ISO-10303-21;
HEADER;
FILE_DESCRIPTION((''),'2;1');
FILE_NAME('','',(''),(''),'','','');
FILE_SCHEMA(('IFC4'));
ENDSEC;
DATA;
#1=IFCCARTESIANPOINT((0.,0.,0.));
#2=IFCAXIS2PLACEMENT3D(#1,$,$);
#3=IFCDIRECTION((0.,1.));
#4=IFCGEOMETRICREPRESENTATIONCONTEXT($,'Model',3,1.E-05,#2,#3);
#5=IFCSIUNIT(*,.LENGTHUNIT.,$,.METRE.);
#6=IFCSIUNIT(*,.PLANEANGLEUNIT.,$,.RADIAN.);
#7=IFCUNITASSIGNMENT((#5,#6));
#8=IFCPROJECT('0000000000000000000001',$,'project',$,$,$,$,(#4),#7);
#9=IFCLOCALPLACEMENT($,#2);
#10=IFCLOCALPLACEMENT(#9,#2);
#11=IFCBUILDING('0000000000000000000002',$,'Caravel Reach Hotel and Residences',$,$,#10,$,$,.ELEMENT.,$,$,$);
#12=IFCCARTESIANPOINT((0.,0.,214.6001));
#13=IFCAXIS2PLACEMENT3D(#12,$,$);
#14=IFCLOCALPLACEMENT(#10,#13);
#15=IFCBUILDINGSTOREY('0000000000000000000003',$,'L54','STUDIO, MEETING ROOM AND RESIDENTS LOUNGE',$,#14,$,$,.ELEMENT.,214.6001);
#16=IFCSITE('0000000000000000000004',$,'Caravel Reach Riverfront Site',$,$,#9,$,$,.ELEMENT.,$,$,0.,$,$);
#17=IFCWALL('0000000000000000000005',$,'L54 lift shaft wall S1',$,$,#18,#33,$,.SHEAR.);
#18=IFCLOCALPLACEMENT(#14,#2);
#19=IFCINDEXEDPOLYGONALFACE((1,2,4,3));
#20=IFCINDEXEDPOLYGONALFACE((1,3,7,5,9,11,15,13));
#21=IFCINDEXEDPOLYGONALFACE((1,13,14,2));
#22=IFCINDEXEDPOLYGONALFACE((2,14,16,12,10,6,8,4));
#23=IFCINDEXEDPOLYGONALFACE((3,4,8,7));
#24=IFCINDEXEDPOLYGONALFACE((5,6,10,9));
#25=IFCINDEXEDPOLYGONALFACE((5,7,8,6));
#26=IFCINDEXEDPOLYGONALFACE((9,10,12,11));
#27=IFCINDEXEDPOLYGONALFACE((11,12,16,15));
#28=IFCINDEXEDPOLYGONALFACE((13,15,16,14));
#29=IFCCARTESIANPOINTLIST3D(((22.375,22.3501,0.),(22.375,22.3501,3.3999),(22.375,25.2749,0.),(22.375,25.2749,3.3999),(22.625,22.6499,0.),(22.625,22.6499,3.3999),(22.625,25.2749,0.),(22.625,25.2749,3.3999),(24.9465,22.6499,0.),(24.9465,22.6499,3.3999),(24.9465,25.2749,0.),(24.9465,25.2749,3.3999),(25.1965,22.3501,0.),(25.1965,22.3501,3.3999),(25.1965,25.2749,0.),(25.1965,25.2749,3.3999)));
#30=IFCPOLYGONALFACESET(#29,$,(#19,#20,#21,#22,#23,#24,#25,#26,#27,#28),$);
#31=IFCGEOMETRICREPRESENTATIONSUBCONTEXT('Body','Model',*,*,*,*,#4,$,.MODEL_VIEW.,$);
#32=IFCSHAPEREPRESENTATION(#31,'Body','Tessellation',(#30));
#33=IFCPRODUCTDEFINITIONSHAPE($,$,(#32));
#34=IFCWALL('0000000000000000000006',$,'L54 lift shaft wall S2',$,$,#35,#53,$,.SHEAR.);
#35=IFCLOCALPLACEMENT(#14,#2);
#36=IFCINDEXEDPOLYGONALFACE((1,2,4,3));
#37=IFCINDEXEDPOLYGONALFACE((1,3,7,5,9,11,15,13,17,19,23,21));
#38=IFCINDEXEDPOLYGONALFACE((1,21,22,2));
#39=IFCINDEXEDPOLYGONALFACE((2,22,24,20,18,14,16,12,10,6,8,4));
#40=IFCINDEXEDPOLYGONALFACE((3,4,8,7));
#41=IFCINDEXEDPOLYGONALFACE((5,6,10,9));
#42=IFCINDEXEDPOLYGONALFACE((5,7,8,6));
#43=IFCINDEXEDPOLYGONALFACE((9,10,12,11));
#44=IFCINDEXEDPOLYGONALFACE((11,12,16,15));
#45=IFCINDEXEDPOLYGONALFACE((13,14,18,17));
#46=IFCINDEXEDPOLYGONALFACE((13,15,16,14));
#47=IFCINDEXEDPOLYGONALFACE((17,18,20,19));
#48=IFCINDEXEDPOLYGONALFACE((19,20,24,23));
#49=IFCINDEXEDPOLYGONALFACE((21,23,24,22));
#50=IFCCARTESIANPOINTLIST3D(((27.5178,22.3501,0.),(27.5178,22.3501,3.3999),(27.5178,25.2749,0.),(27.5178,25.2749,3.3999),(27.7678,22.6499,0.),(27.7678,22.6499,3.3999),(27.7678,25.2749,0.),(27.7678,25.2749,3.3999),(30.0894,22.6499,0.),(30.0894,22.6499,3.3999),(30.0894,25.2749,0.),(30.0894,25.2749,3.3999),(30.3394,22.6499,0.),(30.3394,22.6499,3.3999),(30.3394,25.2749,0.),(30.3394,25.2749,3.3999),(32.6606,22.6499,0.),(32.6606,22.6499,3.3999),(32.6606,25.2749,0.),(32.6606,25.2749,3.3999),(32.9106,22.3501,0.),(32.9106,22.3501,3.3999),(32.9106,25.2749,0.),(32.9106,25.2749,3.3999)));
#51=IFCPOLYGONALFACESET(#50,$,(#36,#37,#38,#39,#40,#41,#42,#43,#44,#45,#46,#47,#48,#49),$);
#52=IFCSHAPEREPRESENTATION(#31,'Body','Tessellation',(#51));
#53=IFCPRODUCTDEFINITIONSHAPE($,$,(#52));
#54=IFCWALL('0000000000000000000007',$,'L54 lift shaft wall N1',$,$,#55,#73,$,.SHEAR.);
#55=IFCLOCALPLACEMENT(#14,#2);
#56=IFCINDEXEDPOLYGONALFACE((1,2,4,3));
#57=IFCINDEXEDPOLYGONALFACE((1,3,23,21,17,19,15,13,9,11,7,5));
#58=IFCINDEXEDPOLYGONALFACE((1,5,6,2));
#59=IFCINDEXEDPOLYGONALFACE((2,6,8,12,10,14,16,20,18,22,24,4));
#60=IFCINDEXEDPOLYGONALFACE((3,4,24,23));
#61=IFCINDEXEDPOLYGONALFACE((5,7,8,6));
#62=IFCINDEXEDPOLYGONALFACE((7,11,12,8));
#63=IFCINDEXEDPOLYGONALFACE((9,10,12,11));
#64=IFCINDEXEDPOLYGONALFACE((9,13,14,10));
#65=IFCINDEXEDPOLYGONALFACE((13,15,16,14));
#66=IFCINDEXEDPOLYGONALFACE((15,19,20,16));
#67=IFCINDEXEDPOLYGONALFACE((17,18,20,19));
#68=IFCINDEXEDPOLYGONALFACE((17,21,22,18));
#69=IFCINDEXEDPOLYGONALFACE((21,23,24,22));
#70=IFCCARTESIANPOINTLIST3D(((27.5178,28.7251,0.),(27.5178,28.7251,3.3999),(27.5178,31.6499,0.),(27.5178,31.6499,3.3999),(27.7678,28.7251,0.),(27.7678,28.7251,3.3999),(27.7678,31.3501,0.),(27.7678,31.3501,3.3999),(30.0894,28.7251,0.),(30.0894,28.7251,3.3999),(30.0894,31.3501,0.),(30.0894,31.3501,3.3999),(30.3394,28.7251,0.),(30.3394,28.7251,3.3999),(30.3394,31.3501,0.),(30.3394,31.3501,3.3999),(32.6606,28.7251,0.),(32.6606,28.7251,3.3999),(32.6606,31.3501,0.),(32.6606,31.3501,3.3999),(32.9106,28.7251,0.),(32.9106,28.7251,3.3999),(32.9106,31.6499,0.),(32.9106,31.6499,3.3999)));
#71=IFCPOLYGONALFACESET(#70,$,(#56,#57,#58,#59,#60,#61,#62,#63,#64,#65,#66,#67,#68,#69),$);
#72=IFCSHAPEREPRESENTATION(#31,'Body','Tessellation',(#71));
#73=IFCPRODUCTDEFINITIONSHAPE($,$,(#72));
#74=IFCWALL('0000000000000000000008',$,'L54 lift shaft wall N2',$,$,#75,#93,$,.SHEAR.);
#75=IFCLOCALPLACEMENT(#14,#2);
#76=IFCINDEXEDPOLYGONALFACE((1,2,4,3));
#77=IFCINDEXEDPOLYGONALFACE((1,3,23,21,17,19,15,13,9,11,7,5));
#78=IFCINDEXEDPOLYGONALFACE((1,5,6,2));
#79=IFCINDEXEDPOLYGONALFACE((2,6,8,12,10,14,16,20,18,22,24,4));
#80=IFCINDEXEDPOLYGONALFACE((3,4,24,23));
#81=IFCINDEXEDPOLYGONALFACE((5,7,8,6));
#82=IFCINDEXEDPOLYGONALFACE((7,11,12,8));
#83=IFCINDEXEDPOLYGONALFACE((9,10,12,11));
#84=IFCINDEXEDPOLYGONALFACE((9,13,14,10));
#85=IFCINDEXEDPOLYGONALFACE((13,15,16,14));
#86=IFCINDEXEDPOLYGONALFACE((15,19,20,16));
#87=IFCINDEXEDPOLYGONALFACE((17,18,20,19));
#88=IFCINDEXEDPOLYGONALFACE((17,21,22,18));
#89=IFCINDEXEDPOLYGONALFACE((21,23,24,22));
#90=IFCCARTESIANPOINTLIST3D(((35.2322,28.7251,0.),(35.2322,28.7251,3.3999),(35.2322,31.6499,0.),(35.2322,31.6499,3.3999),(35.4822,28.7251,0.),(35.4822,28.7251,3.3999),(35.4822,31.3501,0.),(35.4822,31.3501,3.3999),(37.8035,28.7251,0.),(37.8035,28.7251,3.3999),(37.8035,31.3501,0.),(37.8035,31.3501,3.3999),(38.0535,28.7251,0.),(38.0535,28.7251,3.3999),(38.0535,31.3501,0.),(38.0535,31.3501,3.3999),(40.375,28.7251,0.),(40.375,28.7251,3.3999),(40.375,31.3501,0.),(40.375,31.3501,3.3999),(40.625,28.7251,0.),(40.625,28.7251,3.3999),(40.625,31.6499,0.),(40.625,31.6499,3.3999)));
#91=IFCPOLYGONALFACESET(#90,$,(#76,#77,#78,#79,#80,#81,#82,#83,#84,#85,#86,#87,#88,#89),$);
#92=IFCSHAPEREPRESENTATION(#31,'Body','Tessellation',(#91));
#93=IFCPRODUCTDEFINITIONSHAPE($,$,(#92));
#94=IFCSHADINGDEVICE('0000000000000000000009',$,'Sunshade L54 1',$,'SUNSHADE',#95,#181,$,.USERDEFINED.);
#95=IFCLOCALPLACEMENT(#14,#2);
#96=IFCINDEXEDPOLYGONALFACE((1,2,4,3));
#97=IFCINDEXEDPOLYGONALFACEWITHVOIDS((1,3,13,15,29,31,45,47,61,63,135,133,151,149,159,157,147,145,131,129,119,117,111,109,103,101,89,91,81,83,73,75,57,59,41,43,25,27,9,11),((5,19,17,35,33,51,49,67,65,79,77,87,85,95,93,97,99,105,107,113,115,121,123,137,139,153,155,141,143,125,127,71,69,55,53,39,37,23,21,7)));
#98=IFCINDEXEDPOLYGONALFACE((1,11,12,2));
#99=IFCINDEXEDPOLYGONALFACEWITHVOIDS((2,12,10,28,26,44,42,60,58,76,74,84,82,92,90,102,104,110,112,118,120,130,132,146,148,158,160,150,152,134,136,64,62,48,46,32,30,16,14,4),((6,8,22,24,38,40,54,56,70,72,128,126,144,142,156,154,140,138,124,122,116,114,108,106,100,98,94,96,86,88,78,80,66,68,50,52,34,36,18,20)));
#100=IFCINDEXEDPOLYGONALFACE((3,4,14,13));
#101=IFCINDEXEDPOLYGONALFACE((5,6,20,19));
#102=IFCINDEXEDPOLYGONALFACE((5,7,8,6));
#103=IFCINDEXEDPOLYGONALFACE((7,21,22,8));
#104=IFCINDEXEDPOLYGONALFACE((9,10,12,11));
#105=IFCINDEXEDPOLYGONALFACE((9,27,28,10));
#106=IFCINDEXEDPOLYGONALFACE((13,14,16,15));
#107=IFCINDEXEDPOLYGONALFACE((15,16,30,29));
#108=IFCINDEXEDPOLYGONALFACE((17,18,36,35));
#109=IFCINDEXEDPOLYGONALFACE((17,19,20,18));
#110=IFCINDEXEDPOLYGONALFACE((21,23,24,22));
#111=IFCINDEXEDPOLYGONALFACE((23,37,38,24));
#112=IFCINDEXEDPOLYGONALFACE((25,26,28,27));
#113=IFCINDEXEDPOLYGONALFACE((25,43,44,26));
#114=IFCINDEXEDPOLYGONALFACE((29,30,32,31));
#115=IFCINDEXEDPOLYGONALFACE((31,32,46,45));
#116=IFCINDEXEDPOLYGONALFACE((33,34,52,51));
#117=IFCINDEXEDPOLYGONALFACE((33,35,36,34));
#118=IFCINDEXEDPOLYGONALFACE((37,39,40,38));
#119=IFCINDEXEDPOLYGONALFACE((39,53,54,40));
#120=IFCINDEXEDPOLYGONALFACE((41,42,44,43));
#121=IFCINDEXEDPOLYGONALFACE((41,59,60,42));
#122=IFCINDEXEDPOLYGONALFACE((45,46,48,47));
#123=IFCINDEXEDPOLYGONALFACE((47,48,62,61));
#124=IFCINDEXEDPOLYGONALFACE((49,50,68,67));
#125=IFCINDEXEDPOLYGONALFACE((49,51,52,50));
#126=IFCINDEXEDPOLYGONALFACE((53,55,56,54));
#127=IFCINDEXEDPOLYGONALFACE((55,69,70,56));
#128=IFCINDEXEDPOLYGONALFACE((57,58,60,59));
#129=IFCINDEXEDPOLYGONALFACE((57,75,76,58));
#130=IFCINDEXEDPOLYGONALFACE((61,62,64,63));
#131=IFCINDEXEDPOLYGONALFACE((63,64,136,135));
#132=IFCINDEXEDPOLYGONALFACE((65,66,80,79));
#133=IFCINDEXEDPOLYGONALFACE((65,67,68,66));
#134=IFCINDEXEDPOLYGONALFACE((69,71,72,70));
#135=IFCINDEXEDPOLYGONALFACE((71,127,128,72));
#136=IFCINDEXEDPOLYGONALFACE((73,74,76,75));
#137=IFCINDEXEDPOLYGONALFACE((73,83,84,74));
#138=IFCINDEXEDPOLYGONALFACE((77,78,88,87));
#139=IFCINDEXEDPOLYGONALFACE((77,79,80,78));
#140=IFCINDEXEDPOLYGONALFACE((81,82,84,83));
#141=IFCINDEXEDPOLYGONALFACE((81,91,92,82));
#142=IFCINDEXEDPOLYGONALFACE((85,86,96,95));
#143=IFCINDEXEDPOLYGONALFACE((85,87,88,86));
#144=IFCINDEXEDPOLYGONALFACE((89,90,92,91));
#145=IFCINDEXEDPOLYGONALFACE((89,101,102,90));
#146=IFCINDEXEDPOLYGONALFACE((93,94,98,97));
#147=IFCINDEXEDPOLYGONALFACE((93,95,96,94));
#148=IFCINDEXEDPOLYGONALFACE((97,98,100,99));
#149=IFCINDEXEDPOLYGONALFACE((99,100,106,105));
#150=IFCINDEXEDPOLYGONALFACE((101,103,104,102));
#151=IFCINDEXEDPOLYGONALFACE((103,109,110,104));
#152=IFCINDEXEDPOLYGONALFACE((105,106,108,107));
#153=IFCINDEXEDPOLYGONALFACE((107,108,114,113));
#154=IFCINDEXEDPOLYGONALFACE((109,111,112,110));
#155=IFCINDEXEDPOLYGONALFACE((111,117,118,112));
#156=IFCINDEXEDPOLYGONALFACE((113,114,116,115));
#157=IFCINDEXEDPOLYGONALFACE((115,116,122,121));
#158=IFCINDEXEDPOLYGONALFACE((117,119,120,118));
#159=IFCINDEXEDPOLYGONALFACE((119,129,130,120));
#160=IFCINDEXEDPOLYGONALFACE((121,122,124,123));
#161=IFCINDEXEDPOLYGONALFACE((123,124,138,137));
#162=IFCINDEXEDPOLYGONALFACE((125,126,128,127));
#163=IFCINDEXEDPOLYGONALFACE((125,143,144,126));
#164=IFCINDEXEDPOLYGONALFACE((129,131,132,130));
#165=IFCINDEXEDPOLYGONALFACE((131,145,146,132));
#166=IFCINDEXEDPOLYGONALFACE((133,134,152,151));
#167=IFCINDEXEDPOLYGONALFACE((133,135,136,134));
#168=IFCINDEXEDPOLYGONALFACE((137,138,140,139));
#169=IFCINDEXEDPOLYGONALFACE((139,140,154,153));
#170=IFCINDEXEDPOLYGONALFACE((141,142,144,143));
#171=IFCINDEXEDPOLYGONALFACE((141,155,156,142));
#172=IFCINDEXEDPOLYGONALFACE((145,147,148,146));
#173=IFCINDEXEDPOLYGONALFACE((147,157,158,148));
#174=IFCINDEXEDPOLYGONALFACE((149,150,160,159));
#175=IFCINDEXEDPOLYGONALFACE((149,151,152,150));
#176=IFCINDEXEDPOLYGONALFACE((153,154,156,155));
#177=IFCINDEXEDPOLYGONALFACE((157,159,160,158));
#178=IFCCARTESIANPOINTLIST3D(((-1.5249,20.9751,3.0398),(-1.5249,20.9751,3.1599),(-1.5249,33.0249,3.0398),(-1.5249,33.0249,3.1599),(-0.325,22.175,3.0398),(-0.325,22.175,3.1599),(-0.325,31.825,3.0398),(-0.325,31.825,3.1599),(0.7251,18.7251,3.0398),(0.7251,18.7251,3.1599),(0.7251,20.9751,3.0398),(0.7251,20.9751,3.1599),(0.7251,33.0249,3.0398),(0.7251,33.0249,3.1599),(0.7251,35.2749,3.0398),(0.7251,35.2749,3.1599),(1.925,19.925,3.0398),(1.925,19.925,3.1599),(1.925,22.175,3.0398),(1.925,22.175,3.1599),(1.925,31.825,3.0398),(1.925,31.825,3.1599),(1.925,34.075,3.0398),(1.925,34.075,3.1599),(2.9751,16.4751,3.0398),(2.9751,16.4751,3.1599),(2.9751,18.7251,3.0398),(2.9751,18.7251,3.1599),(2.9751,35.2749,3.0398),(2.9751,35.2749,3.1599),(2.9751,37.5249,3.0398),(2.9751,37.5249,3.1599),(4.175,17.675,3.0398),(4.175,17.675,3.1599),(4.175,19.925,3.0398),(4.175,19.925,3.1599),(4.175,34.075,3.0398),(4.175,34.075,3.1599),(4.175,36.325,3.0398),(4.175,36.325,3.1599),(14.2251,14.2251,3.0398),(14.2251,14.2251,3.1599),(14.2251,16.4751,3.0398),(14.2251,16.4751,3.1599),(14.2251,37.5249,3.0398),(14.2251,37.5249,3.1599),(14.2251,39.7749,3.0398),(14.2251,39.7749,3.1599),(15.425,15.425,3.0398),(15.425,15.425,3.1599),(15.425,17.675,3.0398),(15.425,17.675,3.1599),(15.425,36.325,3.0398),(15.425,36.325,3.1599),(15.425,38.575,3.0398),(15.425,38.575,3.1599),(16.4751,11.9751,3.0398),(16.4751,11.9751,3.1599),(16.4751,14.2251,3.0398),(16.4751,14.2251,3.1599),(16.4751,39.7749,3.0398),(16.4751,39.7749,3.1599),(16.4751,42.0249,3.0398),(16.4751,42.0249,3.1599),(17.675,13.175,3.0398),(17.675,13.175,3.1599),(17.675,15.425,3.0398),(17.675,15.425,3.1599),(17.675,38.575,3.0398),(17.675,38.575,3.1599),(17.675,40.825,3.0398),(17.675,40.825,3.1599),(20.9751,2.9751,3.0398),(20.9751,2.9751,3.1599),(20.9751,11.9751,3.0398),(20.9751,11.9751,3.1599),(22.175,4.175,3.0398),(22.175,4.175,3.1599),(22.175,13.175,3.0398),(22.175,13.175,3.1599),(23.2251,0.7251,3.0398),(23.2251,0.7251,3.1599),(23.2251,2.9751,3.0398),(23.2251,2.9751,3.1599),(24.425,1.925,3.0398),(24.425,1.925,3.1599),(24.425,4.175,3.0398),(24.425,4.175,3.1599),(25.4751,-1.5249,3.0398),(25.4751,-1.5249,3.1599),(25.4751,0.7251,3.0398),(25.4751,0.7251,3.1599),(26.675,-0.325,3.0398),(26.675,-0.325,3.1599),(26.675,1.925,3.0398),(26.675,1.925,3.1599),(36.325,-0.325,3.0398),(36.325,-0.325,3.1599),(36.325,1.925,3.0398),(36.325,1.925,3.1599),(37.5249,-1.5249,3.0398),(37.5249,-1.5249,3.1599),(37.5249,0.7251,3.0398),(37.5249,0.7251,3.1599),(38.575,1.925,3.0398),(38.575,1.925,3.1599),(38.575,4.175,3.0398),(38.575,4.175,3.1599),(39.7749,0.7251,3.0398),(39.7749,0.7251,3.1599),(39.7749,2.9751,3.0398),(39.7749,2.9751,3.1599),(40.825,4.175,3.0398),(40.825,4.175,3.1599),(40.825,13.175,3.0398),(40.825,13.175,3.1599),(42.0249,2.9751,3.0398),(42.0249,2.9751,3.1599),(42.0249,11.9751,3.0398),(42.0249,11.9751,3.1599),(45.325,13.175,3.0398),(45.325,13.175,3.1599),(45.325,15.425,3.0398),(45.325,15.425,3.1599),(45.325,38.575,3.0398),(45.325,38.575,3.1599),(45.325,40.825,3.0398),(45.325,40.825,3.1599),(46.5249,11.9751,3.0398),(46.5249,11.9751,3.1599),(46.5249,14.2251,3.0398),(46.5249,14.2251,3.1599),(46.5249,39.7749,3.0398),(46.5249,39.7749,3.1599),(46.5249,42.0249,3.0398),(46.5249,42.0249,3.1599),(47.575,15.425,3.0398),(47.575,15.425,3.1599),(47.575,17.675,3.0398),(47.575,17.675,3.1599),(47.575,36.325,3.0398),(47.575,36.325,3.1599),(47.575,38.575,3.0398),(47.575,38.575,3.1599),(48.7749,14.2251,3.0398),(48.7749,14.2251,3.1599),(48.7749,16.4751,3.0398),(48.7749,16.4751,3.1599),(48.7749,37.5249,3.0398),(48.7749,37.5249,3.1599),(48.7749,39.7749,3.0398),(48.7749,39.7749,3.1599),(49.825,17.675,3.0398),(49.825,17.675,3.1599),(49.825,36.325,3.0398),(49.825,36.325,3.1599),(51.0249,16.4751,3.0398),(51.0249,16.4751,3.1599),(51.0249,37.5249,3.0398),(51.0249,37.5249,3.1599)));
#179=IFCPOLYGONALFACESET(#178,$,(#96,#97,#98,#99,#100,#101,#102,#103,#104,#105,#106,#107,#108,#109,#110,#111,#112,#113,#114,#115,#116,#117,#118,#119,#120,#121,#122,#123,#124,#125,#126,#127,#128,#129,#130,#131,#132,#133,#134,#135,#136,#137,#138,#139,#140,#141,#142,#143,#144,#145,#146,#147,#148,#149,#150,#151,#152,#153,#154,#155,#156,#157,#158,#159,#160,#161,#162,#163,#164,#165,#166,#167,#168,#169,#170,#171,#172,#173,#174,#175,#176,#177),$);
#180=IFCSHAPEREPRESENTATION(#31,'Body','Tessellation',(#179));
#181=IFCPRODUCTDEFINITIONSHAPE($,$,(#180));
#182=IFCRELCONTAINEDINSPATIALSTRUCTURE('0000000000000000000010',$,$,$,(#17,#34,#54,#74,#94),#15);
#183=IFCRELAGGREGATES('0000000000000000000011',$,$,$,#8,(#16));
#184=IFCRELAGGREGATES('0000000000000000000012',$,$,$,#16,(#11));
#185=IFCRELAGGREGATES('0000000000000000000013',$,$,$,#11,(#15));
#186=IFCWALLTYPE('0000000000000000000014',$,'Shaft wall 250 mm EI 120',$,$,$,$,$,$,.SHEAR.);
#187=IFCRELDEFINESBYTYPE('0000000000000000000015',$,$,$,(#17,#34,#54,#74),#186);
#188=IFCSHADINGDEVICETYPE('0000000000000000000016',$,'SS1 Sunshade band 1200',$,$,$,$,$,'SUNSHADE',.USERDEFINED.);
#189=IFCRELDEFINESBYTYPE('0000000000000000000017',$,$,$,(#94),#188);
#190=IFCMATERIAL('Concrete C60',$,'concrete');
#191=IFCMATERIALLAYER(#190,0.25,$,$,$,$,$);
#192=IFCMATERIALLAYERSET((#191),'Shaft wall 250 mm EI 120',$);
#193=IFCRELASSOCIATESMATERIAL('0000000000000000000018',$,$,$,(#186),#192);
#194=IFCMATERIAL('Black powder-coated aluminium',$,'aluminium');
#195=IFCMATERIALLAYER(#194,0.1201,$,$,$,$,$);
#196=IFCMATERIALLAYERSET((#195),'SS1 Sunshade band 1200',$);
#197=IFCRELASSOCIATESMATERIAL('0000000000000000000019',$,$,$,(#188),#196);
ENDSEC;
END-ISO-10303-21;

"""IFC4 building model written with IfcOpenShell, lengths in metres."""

from ifc_helpers import new_model, si_unit, direction, frame, origin, place, context, subcontext, project, spatial, polyline, outline, extrude, material, layer, layer_set, type_object, element, save


model = new_model("IFC4")

# Units and contexts
model_context = context("Model", 3, precision=1e-05, world=origin(), true_north=direction((0.0, 1.0)))
body_context = subcontext(model_context, "Body", "Model", "MODEL_VIEW")
ifc_project = project(units=[si_unit("LENGTHUNIT", "METRE"), si_unit("PLANEANGLEUNIT", "RADIAN")], contexts=[model_context])

# Site, building, storey
site_placement = place(None, origin())
site = spatial("IfcSite", under=ifc_project, at=site_placement, Name="Caravel Reach Riverfront Site", CompositionType="ELEMENT", RefElevation=0.0)
building_placement = place(site_placement, origin())
building = spatial("IfcBuilding", under=site, at=building_placement, Name="Caravel Reach Hotel and Residences", CompositionType="ELEMENT")
storey_placement = place(building_placement, frame((0.0, 0.0, 214.6001)))
storey = spatial("IfcBuildingStorey", under=building, at=storey_placement, Name="L54", Description="STUDIO, MEETING ROOM AND RESIDENTS LOUNGE", CompositionType="ELEMENT", Elevation=214.6001)

# Walls
ifc_material_1 = material(Name="Concrete C60", Category="concrete")
ifc_layer_1 = layer(ifc_material_1, 0.25)
ifc_layer_set_1 = layer_set([ifc_layer_1], Name="Shaft wall 250 mm EI 120")
wall_type_1 = type_object("IfcWallType", Name="Shaft wall 250 mm EI 120", PredefinedType="SHEAR", material=ifc_layer_set_1)
wall_1_placement = place(storey_placement, origin())
element("IfcWall", 1, at=wall_1_placement, inside=storey, type_object=wall_type_1, Name="L54 lift shaft wall S1", PredefinedType="SHEAR", context=body_context, shape_type="SweptSolid", body=[
    extrude(outline(polyline([(22.375, 22.3501), (25.1965, 22.3501), (25.1965, 25.2749), (24.9465, 25.2749), (24.9465, 22.6499), (22.625, 22.6499), (22.625, 25.2749), (22.375, 25.2749), (22.375, 22.3501)])), origin(), (0.0, 0.0, 1.0), 3.3999),
])
wall_2_placement = place(storey_placement, origin())
element("IfcWall", 2, at=wall_2_placement, inside=storey, type_object=wall_type_1, Name="L54 lift shaft wall S2", PredefinedType="SHEAR", context=body_context, shape_type="SweptSolid", body=[
    extrude(outline(polyline([(27.5178, 22.3501), (32.9106, 22.3501), (32.9106, 25.2749), (32.6606, 25.2749), (32.6606, 22.6499), (30.3394, 22.6499), (30.3394, 25.2749), (30.0894, 25.2749), (30.0894, 22.6499), (27.7678, 22.6499), (27.7678, 25.2749), (27.5178, 25.2749), (27.5178, 22.3501)])), origin(), (0.0, 0.0, 1.0), 3.3999),
])
wall_3_placement = place(storey_placement, origin())
element("IfcWall", 3, at=wall_3_placement, inside=storey, type_object=wall_type_1, Name="L54 lift shaft wall N1", PredefinedType="SHEAR", context=body_context, shape_type="SweptSolid", body=[
    extrude(outline(polyline([(27.5178, 28.7251), (27.7678, 28.7251), (27.7678, 31.3501), (30.0894, 31.3501), (30.0894, 28.7251), (30.3394, 28.7251), (30.3394, 31.3501), (32.6606, 31.3501), (32.6606, 28.7251), (32.9106, 28.7251), (32.9106, 31.6499), (27.5178, 31.6499), (27.5178, 28.7251)])), origin(), (0.0, 0.0, 1.0), 3.3999),
])
wall_4_placement = place(storey_placement, origin())
element("IfcWall", 4, at=wall_4_placement, inside=storey, type_object=wall_type_1, Name="L54 lift shaft wall N2", PredefinedType="SHEAR", context=body_context, shape_type="SweptSolid", body=[
    extrude(outline(polyline([(35.2322, 28.7251), (35.4822, 28.7251), (35.4822, 31.3501), (37.8035, 31.3501), (37.8035, 28.7251), (38.0535, 28.7251), (38.0535, 31.3501), (40.375, 31.3501), (40.375, 28.7251), (40.625, 28.7251), (40.625, 31.6499), (35.2322, 31.6499), (35.2322, 28.7251)])), origin(), (0.0, 0.0, 1.0), 3.3999),
])

# Shading device
ifc_material_2 = material(Name="Black powder-coated aluminium", Category="aluminium")
ifc_layer_2 = layer(ifc_material_2, 0.1201)
ifc_layer_set_2 = layer_set([ifc_layer_2], Name="SS1 Sunshade band 1200")
shading_device_type = type_object("IfcShadingDeviceType", Name="SS1 Sunshade band 1200", ElementType="SUNSHADE", PredefinedType="USERDEFINED", material=ifc_layer_set_2)
shading_device_placement = place(storey_placement, frame((0.0, 0.0, 3.0398)))
element("IfcShadingDevice", 5, at=shading_device_placement, inside=storey, type_object=shading_device_type, Name="Sunshade L54 1", ObjectType="SUNSHADE", PredefinedType="USERDEFINED", context=body_context, shape_type="SweptSolid", body=[
    extrude(outline(polyline([(42.0249, 2.9751), (42.0249, 11.9751), (46.5249, 11.9751), (46.5249, 14.2251), (48.7749, 14.2251), (48.7749, 16.4751), (51.0249, 16.4751), (51.0249, 37.5249), (48.7749, 37.5249), (48.7749, 39.7749), (46.5249, 39.7749), (46.5249, 42.0249), (16.4751, 42.0249), (16.4751, 39.7749), (14.2251, 39.7749), (14.2251, 37.5249), (2.9751, 37.5249), (2.9751, 35.2749), (0.7251, 35.2749), (0.7251, 33.0249), (-1.5249, 33.0249), (-1.5249, 20.9751), (0.7251, 20.9751), (0.7251, 18.7251), (2.9751, 18.7251), (2.9751, 16.4751), (14.2251, 16.4751), (14.2251, 14.2251), (16.4751, 14.2251), (16.4751, 11.9751), (20.9751, 11.9751), (20.9751, 2.9751), (23.2251, 2.9751), (23.2251, 0.7251), (25.4751, 0.7251), (25.4751, -1.5249), (37.5249, -1.5249), (37.5249, 0.7251), (39.7749, 0.7251), (39.7749, 2.9751), (42.0249, 2.9751)]), holes=[polyline([(45.325, 13.175), (40.825, 13.175), (40.825, 4.175), (38.575, 4.175), (38.575, 1.925), (36.325, 1.925), (36.325, -0.325), (26.675, -0.325), (26.675, 1.925), (24.425, 1.925), (24.425, 4.175), (22.175, 4.175), (22.175, 13.175), (17.675, 13.175), (17.675, 15.425), (15.425, 15.425), (15.425, 17.675), (4.175, 17.675), (4.175, 19.925), (1.925, 19.925), (1.925, 22.175), (-0.325, 22.175), (-0.325, 31.825), (1.925, 31.825), (1.925, 34.075), (4.175, 34.075), (4.175, 36.325), (15.425, 36.325), (15.425, 38.575), (17.675, 38.575), (17.675, 40.825), (45.325, 40.825), (45.325, 38.575), (47.575, 38.575), (47.575, 36.325), (49.825, 36.325), (49.825, 17.675), (47.575, 17.675), (47.575, 15.425), (45.325, 15.425), (45.325, 13.175)])]), origin(), (0.0, 0.0, 1.0), 0.1201),
])

save(model, "model.ifc")
